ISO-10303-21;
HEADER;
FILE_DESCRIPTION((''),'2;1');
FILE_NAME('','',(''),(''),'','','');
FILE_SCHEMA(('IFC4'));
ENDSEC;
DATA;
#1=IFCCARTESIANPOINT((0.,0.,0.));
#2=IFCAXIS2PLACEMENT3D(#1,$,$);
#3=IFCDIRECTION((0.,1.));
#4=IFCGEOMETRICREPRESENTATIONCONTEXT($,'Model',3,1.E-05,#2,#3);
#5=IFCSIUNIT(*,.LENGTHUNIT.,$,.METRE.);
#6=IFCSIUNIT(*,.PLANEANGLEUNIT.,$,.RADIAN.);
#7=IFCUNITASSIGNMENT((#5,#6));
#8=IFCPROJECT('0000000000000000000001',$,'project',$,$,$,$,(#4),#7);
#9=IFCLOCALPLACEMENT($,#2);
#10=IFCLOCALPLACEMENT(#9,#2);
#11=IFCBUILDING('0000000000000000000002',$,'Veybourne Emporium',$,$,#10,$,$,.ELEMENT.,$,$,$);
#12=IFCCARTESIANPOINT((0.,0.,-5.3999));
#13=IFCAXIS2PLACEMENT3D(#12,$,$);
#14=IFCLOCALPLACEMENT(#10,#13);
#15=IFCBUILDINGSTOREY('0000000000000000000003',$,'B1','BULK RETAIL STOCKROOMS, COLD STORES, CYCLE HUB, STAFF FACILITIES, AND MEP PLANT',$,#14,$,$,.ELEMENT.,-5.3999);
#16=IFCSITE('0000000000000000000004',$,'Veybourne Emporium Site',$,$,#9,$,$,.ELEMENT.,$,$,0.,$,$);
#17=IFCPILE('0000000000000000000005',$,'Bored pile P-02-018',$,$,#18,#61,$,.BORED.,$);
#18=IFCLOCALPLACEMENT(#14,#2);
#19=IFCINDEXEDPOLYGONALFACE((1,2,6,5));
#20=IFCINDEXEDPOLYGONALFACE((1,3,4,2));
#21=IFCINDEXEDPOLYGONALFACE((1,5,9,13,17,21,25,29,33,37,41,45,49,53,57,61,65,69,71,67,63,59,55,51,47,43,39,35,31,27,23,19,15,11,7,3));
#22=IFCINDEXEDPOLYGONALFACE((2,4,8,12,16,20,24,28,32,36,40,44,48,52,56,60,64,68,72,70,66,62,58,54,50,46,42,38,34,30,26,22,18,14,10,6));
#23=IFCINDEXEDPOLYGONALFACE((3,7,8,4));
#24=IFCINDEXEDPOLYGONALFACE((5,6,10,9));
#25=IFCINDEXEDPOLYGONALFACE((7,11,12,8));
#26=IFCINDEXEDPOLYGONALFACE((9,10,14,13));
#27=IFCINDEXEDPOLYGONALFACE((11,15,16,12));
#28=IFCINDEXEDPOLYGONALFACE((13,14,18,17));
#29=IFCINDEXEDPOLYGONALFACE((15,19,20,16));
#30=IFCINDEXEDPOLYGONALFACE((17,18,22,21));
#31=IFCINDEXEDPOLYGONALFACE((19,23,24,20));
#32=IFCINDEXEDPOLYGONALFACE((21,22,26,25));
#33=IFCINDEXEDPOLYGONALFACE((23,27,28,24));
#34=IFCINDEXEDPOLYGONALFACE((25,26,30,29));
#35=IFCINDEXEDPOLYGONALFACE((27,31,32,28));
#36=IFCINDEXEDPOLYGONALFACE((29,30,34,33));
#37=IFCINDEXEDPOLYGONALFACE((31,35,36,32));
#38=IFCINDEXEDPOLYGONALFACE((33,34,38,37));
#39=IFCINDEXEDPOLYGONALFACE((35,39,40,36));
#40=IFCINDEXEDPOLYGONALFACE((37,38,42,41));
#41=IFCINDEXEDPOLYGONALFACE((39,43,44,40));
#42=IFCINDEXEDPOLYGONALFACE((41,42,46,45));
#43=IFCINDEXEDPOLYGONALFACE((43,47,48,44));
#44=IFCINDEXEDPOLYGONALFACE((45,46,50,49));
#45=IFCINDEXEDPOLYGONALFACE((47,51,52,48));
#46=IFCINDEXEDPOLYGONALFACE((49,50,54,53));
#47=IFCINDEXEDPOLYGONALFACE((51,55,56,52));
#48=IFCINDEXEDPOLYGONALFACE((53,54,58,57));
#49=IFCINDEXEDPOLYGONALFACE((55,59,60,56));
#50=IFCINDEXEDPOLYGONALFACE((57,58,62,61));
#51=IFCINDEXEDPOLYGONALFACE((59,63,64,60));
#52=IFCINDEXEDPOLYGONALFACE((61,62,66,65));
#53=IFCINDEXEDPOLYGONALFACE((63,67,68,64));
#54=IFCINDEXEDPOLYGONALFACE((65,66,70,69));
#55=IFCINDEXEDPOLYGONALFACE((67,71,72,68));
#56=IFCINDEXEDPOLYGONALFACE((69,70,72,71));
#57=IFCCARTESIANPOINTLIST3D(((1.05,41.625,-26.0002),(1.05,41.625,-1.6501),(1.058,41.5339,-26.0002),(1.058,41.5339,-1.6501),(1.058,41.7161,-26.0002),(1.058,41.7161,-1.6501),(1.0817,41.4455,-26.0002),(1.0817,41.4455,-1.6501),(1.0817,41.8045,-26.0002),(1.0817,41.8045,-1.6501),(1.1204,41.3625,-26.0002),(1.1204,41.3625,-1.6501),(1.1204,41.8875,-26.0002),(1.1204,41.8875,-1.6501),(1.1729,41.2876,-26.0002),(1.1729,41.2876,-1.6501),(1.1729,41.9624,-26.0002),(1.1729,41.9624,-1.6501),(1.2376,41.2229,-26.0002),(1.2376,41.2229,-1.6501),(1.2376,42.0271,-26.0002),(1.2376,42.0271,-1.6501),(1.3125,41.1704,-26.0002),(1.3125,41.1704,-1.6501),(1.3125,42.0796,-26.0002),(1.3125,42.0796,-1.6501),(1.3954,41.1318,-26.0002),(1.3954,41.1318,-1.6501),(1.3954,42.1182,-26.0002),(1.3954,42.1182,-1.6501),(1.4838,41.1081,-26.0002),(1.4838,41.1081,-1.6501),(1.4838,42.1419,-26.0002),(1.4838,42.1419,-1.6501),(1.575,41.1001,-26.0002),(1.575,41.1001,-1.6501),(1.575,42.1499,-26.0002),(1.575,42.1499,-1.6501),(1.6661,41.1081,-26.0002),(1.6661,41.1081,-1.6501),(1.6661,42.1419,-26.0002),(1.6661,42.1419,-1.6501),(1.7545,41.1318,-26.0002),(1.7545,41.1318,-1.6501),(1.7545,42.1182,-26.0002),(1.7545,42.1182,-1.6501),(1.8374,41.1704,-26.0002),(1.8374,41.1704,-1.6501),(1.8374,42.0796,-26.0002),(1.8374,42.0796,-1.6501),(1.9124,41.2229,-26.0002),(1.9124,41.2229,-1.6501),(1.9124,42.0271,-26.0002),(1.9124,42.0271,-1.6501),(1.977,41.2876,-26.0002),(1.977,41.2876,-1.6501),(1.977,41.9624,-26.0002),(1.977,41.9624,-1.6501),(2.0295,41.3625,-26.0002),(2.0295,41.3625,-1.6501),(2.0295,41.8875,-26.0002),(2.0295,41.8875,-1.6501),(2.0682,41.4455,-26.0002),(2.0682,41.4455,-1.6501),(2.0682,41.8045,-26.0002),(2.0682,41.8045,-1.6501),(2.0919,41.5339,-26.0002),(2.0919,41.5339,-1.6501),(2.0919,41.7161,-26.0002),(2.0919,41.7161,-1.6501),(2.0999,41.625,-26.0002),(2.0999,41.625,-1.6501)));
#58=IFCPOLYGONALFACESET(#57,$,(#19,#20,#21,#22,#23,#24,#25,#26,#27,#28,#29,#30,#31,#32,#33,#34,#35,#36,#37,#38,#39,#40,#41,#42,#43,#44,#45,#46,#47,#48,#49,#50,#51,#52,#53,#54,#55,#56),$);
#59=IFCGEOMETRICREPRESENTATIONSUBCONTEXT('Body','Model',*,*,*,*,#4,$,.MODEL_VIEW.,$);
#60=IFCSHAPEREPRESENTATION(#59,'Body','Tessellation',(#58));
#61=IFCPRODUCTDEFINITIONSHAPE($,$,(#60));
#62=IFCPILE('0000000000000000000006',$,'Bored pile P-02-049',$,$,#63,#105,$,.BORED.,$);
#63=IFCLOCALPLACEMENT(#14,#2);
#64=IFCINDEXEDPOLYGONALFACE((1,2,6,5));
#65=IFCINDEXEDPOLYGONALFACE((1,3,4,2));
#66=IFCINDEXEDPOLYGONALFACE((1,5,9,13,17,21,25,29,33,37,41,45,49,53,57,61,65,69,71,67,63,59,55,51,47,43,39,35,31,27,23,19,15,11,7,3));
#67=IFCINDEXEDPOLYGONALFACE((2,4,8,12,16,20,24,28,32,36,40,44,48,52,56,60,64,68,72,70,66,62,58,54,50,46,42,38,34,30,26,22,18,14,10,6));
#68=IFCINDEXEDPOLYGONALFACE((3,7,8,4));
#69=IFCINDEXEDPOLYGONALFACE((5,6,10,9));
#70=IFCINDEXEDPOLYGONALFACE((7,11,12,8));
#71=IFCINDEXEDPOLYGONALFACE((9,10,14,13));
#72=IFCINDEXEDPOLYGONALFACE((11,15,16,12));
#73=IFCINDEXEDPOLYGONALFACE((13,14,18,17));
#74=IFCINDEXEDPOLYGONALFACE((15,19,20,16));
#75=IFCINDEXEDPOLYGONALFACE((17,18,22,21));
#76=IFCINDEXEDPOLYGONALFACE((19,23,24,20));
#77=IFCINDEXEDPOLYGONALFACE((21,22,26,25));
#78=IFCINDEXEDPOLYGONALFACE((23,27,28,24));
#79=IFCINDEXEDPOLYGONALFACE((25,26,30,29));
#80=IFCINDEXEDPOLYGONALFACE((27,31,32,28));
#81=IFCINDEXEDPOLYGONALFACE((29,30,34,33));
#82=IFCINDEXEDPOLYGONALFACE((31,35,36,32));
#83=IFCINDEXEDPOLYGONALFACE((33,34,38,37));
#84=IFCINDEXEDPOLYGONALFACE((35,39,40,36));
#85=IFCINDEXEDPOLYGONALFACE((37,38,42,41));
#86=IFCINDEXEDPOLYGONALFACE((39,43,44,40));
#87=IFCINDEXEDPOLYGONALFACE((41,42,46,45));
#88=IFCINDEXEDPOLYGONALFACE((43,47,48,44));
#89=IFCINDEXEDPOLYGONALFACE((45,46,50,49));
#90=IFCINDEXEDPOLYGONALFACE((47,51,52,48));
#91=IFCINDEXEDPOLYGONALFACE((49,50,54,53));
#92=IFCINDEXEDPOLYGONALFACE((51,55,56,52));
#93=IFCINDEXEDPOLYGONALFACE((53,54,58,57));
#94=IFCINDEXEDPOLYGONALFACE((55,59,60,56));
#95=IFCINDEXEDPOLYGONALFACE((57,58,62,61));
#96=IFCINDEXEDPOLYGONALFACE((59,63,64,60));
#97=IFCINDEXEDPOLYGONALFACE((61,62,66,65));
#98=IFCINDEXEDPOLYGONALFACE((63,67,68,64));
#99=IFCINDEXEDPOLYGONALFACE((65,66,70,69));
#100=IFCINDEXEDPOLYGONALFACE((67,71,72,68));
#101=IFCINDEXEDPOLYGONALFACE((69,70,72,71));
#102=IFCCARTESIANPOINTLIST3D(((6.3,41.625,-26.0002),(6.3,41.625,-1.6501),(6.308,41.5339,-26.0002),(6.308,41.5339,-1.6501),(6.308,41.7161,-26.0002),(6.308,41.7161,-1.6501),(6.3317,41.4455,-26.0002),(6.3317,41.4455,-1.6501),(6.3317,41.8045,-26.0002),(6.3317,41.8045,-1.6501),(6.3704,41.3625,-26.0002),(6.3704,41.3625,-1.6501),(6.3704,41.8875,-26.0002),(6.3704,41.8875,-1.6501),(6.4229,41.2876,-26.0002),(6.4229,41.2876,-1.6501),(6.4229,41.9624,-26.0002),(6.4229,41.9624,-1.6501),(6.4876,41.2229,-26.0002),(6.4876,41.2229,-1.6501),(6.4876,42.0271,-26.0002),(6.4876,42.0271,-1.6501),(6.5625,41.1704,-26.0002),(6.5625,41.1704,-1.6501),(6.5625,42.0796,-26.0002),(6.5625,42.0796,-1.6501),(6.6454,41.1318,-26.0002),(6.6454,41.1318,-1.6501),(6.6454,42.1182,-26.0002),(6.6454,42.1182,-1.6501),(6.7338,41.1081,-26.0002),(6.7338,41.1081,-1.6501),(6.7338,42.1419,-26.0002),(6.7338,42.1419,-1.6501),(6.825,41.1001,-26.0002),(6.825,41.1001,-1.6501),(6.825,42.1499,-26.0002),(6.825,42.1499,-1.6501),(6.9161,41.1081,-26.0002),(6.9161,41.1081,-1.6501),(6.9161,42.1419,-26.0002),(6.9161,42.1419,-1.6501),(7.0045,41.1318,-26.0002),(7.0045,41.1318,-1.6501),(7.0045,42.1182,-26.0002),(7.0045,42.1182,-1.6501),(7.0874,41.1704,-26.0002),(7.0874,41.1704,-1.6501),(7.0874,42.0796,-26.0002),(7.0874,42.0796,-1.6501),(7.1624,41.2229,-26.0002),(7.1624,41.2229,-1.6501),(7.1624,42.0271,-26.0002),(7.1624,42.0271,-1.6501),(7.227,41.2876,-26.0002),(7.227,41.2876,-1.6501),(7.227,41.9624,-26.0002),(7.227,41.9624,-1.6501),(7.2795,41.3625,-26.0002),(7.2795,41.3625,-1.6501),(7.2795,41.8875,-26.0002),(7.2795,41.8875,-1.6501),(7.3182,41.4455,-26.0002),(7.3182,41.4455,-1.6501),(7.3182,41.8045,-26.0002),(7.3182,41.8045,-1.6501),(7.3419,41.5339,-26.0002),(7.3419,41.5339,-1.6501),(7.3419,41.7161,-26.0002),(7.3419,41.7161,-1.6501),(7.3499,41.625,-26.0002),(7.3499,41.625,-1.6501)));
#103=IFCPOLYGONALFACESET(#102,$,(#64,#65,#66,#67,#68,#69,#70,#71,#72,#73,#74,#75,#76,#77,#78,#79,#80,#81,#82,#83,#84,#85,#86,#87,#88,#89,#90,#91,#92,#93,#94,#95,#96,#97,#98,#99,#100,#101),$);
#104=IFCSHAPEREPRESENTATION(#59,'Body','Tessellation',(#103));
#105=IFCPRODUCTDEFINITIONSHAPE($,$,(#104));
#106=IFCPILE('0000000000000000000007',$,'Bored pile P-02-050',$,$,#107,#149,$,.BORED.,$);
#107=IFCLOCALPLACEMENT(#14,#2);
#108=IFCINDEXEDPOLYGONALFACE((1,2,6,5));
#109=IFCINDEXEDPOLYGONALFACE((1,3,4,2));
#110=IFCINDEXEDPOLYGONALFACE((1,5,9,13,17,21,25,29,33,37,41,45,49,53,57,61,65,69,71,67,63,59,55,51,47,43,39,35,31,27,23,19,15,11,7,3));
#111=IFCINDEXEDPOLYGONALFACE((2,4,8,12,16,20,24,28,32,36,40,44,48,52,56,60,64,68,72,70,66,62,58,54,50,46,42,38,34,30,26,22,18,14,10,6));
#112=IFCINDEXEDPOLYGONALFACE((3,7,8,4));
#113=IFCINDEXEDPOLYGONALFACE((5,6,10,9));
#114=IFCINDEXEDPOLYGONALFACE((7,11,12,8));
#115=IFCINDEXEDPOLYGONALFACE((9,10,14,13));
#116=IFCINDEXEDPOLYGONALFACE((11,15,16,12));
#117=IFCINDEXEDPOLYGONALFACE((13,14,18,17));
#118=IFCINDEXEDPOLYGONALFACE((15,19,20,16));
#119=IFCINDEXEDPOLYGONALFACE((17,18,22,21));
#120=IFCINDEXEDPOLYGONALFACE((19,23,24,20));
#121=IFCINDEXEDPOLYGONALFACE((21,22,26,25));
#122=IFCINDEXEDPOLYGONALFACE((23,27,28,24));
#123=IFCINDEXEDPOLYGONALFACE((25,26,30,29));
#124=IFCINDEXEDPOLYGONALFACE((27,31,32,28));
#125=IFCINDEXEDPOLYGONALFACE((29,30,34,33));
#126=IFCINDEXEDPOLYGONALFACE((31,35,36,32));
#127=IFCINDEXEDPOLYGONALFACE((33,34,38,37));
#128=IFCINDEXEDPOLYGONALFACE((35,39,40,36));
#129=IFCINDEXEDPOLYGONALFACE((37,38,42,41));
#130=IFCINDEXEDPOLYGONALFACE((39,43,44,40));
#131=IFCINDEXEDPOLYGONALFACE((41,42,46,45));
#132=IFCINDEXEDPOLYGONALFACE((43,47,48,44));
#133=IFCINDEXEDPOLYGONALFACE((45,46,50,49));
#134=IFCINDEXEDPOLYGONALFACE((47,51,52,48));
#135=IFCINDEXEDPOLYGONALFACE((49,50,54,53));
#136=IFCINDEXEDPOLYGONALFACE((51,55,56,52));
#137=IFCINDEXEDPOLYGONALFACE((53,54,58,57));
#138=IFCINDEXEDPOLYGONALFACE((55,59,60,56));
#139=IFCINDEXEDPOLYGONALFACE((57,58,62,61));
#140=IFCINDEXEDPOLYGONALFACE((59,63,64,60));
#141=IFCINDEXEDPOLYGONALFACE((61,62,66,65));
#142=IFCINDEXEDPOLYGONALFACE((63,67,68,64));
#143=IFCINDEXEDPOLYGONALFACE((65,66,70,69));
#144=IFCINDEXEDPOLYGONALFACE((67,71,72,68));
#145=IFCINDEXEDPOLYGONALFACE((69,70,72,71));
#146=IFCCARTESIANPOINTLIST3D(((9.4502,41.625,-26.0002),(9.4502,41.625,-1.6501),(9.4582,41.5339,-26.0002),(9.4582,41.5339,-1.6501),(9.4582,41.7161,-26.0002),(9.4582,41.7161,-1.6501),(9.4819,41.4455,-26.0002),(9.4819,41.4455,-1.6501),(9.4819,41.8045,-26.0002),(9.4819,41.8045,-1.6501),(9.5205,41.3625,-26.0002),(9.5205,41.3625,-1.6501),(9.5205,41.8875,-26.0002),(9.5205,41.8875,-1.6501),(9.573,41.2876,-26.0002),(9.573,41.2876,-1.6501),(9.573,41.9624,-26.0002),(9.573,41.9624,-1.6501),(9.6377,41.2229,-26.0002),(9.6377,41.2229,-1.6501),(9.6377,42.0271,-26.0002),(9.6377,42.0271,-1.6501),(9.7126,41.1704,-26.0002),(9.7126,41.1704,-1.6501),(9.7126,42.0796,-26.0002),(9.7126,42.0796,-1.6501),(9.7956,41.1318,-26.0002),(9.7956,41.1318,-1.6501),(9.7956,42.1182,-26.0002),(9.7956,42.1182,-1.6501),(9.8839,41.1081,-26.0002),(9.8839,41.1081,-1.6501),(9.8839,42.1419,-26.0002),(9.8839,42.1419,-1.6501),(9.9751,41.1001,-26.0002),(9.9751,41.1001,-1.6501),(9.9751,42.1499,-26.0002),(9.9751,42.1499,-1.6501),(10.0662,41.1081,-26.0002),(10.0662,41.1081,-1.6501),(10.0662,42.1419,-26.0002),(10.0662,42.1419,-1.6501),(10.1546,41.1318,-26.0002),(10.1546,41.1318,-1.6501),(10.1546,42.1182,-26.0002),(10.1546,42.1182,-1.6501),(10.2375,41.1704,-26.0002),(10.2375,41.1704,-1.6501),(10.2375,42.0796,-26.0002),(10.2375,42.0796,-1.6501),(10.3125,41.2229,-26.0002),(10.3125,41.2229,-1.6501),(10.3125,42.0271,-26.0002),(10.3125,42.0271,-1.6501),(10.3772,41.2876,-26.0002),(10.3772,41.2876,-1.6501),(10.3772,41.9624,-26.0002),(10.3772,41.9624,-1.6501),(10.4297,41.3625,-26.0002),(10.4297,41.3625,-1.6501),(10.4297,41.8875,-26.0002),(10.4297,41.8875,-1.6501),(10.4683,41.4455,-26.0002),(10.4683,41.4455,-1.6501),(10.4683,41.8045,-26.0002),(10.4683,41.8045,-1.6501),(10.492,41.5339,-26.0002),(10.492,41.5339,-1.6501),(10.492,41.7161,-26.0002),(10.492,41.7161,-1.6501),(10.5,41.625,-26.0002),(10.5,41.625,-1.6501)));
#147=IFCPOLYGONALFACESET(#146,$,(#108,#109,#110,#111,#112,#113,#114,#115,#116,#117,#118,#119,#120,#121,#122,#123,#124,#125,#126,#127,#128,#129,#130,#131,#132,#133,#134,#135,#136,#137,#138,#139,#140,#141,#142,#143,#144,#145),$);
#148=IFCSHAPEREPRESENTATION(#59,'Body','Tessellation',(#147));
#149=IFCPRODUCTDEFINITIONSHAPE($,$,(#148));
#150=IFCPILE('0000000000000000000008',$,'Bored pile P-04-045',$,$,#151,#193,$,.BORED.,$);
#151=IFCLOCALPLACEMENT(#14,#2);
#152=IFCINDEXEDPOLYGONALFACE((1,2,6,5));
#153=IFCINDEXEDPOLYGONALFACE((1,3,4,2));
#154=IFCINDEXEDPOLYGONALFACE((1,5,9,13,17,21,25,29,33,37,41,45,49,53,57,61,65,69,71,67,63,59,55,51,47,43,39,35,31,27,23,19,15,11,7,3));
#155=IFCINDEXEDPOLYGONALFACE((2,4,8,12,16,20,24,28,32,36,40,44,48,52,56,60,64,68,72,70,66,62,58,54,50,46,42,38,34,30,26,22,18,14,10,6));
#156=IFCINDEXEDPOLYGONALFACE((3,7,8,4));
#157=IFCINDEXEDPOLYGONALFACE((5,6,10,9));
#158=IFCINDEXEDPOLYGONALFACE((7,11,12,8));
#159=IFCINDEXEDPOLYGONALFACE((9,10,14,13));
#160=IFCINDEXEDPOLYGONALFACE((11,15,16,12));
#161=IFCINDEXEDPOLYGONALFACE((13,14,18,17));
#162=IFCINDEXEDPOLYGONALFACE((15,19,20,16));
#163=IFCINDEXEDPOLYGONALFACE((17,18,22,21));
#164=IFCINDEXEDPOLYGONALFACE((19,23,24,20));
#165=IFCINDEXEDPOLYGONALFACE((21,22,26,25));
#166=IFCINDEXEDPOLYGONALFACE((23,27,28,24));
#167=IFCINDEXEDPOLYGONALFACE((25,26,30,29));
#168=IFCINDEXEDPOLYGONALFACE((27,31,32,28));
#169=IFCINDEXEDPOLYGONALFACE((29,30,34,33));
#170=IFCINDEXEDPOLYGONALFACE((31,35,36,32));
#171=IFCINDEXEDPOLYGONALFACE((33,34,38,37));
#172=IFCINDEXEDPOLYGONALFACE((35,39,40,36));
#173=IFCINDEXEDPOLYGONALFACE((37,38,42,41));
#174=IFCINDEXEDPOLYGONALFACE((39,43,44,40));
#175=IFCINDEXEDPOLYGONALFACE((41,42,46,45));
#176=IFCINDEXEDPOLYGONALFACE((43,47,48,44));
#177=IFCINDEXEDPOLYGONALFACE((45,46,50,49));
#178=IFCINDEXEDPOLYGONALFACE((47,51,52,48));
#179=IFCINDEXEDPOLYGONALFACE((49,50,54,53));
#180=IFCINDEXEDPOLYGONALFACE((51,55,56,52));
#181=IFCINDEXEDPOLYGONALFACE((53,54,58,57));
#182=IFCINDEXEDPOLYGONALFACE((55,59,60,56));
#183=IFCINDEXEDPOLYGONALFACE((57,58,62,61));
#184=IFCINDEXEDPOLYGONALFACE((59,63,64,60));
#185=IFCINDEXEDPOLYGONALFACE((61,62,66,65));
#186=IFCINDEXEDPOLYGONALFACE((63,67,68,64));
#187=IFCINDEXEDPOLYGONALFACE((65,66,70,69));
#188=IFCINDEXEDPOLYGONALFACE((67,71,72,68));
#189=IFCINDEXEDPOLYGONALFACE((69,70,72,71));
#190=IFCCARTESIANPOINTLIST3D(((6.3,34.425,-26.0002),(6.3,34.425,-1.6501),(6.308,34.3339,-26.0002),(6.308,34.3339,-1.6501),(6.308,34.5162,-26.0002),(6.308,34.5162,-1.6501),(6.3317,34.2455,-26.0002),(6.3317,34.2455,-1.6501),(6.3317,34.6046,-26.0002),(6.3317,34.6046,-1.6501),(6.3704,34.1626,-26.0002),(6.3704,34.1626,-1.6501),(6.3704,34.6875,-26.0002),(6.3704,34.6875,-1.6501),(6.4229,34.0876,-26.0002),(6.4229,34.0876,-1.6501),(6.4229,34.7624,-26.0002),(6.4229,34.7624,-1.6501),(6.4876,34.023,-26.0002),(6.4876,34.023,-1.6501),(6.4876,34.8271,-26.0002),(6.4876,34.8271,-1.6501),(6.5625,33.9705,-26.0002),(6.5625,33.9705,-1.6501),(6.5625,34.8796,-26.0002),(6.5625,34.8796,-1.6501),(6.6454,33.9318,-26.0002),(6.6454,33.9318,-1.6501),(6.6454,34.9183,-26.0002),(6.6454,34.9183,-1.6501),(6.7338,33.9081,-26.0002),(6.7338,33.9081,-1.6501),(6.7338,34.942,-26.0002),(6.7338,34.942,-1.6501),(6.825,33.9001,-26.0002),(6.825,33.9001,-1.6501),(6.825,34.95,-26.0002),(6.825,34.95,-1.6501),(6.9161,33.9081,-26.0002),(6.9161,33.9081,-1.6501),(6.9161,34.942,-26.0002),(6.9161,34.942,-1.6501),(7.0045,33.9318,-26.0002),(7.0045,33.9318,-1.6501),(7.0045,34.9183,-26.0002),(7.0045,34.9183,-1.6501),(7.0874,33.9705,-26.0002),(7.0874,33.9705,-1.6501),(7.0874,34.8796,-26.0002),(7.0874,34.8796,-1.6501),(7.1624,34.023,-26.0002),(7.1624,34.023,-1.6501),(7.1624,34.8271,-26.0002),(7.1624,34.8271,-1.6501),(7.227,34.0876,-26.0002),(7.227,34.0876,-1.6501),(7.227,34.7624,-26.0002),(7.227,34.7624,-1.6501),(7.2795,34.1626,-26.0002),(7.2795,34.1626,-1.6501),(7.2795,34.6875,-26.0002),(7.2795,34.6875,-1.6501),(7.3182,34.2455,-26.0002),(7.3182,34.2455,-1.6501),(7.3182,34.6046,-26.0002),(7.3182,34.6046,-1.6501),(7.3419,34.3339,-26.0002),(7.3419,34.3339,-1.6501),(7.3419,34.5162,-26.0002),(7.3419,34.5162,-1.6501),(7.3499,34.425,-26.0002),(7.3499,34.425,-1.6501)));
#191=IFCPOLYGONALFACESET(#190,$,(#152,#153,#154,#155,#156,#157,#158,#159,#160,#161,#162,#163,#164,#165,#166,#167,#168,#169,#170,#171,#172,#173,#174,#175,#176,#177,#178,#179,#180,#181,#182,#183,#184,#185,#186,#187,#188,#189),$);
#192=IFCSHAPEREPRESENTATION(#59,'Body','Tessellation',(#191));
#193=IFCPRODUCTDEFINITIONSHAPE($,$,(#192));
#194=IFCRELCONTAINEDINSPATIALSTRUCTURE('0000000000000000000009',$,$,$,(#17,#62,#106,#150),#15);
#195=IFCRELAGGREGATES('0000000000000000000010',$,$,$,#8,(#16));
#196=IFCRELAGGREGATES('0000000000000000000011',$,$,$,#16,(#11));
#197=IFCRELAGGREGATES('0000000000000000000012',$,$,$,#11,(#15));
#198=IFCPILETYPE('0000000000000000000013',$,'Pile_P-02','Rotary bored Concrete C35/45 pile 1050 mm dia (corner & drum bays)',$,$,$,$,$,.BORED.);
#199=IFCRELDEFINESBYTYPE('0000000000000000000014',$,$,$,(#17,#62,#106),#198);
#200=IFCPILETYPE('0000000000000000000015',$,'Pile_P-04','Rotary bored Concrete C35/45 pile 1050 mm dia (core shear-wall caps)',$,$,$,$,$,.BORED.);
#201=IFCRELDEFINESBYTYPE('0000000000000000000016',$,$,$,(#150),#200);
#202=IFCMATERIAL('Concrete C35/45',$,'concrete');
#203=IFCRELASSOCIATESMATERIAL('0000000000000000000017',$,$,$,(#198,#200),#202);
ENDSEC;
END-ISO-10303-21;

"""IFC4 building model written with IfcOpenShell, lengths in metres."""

from ifc_helpers import new_model, si_unit, direction, frame, origin, origin_2d, place, context, subcontext, project, spatial, circle, extrude, material, material_profile, profile_set, type_object, element, save


model = new_model("IFC4")

# Units and contexts
model_context = context("Model", 3, precision=1e-05, world=origin(), true_north=direction((0.0, 1.0)))
body_context = subcontext(model_context, "Body", "Model", "MODEL_VIEW")
ifc_project = project(units=[si_unit("LENGTHUNIT", "METRE"), si_unit("PLANEANGLEUNIT", "RADIAN")], contexts=[model_context])

# Site, building, storey
site_placement = place(None, origin())
site = spatial("IfcSite", under=ifc_project, at=site_placement, Name="Veybourne Emporium Site", CompositionType="ELEMENT", RefElevation=0.0)
building_placement = place(site_placement, origin())
building = spatial("IfcBuilding", under=site, at=building_placement, Name="Veybourne Emporium", CompositionType="ELEMENT")
storey_placement = place(building_placement, frame((0.0, 0.0, -5.3999)))
storey = spatial("IfcBuildingStorey", under=building, at=storey_placement, Name="B1", Description="BULK RETAIL STOCKROOMS, COLD STORES, CYCLE HUB, STAFF FACILITIES, AND MEP PLANT", CompositionType="ELEMENT", Elevation=-5.3999)

# Shared definitions
ifc_material_1 = material(Name="Concrete C35/45", Category="concrete")

# Piles
ifc_material_profile_1 = material_profile(ifc_material_1, circle(Radius=0.5249, at=origin_2d()), Name="BORED PILE 1050")
ifc_profile_set_1 = profile_set([ifc_material_profile_1], Name="Concrete C35/45")
pile_type_1 = type_object("IfcPileType", Name="Pile_P-02", Description="Rotary bored Concrete C35/45 pile 1050 mm dia (corner & drum bays)", PredefinedType="BORED", material=ifc_profile_set_1)
for number, where, z_axis, x_axis, name in (
    (1, (1.575, 41.625, -1.6501), (0.0, 0.0, -1.0), (1.0, 0.0, 0.0), "Bored pile P-02-018"),
    (2, (6.825, 41.625, -1.6501), (0.0, 0.0, -1.0), (1.0, 0.0, 0.0), "Bored pile P-02-049"),
    (3, (9.9751, 41.625, -1.6501), (0.0, 0.0, -1.0), (1.0, 0.0, 0.0), "Bored pile P-02-050"),
):
    element("IfcPile", number, at=place(storey_placement, frame(where, z_axis=z_axis, x_axis=x_axis)), inside=storey, type_object=pile_type_1, Name=name, PredefinedType="BORED", context=body_context, shape_type="SweptSolid", body=[
        extrude(circle(Radius=0.5249, at=origin_2d()), origin(), (0.0, 0.0, 1.0), 24.3501),
    ])
ifc_material_profile_2 = material_profile(ifc_material_1, circle(Radius=0.5249, at=origin_2d()), Name="BORED PILE 1050")
ifc_profile_set_2 = profile_set([ifc_material_profile_2], Name="Concrete C35/45")
pile_type_2 = type_object("IfcPileType", Name="Pile_P-04", Description="Rotary bored Concrete C35/45 pile 1050 mm dia (core shear-wall caps)", PredefinedType="BORED", material=ifc_profile_set_2)
for number, where, z_axis, x_axis, name in (
    (4, (6.825, 34.425, -1.6501), (0.0, 0.0, -1.0), (1.0, 0.0, 0.0), "Bored pile P-04-045"),
):
    element("IfcPile", number, at=place(storey_placement, frame(where, z_axis=z_axis, x_axis=x_axis)), inside=storey, type_object=pile_type_2, Name=name, PredefinedType="BORED", context=body_context, shape_type="SweptSolid", body=[
        extrude(circle(Radius=0.5249, at=origin_2d()), origin(), (0.0, 0.0, 1.0), 24.3501),
    ])

save(model, "model.ifc")
